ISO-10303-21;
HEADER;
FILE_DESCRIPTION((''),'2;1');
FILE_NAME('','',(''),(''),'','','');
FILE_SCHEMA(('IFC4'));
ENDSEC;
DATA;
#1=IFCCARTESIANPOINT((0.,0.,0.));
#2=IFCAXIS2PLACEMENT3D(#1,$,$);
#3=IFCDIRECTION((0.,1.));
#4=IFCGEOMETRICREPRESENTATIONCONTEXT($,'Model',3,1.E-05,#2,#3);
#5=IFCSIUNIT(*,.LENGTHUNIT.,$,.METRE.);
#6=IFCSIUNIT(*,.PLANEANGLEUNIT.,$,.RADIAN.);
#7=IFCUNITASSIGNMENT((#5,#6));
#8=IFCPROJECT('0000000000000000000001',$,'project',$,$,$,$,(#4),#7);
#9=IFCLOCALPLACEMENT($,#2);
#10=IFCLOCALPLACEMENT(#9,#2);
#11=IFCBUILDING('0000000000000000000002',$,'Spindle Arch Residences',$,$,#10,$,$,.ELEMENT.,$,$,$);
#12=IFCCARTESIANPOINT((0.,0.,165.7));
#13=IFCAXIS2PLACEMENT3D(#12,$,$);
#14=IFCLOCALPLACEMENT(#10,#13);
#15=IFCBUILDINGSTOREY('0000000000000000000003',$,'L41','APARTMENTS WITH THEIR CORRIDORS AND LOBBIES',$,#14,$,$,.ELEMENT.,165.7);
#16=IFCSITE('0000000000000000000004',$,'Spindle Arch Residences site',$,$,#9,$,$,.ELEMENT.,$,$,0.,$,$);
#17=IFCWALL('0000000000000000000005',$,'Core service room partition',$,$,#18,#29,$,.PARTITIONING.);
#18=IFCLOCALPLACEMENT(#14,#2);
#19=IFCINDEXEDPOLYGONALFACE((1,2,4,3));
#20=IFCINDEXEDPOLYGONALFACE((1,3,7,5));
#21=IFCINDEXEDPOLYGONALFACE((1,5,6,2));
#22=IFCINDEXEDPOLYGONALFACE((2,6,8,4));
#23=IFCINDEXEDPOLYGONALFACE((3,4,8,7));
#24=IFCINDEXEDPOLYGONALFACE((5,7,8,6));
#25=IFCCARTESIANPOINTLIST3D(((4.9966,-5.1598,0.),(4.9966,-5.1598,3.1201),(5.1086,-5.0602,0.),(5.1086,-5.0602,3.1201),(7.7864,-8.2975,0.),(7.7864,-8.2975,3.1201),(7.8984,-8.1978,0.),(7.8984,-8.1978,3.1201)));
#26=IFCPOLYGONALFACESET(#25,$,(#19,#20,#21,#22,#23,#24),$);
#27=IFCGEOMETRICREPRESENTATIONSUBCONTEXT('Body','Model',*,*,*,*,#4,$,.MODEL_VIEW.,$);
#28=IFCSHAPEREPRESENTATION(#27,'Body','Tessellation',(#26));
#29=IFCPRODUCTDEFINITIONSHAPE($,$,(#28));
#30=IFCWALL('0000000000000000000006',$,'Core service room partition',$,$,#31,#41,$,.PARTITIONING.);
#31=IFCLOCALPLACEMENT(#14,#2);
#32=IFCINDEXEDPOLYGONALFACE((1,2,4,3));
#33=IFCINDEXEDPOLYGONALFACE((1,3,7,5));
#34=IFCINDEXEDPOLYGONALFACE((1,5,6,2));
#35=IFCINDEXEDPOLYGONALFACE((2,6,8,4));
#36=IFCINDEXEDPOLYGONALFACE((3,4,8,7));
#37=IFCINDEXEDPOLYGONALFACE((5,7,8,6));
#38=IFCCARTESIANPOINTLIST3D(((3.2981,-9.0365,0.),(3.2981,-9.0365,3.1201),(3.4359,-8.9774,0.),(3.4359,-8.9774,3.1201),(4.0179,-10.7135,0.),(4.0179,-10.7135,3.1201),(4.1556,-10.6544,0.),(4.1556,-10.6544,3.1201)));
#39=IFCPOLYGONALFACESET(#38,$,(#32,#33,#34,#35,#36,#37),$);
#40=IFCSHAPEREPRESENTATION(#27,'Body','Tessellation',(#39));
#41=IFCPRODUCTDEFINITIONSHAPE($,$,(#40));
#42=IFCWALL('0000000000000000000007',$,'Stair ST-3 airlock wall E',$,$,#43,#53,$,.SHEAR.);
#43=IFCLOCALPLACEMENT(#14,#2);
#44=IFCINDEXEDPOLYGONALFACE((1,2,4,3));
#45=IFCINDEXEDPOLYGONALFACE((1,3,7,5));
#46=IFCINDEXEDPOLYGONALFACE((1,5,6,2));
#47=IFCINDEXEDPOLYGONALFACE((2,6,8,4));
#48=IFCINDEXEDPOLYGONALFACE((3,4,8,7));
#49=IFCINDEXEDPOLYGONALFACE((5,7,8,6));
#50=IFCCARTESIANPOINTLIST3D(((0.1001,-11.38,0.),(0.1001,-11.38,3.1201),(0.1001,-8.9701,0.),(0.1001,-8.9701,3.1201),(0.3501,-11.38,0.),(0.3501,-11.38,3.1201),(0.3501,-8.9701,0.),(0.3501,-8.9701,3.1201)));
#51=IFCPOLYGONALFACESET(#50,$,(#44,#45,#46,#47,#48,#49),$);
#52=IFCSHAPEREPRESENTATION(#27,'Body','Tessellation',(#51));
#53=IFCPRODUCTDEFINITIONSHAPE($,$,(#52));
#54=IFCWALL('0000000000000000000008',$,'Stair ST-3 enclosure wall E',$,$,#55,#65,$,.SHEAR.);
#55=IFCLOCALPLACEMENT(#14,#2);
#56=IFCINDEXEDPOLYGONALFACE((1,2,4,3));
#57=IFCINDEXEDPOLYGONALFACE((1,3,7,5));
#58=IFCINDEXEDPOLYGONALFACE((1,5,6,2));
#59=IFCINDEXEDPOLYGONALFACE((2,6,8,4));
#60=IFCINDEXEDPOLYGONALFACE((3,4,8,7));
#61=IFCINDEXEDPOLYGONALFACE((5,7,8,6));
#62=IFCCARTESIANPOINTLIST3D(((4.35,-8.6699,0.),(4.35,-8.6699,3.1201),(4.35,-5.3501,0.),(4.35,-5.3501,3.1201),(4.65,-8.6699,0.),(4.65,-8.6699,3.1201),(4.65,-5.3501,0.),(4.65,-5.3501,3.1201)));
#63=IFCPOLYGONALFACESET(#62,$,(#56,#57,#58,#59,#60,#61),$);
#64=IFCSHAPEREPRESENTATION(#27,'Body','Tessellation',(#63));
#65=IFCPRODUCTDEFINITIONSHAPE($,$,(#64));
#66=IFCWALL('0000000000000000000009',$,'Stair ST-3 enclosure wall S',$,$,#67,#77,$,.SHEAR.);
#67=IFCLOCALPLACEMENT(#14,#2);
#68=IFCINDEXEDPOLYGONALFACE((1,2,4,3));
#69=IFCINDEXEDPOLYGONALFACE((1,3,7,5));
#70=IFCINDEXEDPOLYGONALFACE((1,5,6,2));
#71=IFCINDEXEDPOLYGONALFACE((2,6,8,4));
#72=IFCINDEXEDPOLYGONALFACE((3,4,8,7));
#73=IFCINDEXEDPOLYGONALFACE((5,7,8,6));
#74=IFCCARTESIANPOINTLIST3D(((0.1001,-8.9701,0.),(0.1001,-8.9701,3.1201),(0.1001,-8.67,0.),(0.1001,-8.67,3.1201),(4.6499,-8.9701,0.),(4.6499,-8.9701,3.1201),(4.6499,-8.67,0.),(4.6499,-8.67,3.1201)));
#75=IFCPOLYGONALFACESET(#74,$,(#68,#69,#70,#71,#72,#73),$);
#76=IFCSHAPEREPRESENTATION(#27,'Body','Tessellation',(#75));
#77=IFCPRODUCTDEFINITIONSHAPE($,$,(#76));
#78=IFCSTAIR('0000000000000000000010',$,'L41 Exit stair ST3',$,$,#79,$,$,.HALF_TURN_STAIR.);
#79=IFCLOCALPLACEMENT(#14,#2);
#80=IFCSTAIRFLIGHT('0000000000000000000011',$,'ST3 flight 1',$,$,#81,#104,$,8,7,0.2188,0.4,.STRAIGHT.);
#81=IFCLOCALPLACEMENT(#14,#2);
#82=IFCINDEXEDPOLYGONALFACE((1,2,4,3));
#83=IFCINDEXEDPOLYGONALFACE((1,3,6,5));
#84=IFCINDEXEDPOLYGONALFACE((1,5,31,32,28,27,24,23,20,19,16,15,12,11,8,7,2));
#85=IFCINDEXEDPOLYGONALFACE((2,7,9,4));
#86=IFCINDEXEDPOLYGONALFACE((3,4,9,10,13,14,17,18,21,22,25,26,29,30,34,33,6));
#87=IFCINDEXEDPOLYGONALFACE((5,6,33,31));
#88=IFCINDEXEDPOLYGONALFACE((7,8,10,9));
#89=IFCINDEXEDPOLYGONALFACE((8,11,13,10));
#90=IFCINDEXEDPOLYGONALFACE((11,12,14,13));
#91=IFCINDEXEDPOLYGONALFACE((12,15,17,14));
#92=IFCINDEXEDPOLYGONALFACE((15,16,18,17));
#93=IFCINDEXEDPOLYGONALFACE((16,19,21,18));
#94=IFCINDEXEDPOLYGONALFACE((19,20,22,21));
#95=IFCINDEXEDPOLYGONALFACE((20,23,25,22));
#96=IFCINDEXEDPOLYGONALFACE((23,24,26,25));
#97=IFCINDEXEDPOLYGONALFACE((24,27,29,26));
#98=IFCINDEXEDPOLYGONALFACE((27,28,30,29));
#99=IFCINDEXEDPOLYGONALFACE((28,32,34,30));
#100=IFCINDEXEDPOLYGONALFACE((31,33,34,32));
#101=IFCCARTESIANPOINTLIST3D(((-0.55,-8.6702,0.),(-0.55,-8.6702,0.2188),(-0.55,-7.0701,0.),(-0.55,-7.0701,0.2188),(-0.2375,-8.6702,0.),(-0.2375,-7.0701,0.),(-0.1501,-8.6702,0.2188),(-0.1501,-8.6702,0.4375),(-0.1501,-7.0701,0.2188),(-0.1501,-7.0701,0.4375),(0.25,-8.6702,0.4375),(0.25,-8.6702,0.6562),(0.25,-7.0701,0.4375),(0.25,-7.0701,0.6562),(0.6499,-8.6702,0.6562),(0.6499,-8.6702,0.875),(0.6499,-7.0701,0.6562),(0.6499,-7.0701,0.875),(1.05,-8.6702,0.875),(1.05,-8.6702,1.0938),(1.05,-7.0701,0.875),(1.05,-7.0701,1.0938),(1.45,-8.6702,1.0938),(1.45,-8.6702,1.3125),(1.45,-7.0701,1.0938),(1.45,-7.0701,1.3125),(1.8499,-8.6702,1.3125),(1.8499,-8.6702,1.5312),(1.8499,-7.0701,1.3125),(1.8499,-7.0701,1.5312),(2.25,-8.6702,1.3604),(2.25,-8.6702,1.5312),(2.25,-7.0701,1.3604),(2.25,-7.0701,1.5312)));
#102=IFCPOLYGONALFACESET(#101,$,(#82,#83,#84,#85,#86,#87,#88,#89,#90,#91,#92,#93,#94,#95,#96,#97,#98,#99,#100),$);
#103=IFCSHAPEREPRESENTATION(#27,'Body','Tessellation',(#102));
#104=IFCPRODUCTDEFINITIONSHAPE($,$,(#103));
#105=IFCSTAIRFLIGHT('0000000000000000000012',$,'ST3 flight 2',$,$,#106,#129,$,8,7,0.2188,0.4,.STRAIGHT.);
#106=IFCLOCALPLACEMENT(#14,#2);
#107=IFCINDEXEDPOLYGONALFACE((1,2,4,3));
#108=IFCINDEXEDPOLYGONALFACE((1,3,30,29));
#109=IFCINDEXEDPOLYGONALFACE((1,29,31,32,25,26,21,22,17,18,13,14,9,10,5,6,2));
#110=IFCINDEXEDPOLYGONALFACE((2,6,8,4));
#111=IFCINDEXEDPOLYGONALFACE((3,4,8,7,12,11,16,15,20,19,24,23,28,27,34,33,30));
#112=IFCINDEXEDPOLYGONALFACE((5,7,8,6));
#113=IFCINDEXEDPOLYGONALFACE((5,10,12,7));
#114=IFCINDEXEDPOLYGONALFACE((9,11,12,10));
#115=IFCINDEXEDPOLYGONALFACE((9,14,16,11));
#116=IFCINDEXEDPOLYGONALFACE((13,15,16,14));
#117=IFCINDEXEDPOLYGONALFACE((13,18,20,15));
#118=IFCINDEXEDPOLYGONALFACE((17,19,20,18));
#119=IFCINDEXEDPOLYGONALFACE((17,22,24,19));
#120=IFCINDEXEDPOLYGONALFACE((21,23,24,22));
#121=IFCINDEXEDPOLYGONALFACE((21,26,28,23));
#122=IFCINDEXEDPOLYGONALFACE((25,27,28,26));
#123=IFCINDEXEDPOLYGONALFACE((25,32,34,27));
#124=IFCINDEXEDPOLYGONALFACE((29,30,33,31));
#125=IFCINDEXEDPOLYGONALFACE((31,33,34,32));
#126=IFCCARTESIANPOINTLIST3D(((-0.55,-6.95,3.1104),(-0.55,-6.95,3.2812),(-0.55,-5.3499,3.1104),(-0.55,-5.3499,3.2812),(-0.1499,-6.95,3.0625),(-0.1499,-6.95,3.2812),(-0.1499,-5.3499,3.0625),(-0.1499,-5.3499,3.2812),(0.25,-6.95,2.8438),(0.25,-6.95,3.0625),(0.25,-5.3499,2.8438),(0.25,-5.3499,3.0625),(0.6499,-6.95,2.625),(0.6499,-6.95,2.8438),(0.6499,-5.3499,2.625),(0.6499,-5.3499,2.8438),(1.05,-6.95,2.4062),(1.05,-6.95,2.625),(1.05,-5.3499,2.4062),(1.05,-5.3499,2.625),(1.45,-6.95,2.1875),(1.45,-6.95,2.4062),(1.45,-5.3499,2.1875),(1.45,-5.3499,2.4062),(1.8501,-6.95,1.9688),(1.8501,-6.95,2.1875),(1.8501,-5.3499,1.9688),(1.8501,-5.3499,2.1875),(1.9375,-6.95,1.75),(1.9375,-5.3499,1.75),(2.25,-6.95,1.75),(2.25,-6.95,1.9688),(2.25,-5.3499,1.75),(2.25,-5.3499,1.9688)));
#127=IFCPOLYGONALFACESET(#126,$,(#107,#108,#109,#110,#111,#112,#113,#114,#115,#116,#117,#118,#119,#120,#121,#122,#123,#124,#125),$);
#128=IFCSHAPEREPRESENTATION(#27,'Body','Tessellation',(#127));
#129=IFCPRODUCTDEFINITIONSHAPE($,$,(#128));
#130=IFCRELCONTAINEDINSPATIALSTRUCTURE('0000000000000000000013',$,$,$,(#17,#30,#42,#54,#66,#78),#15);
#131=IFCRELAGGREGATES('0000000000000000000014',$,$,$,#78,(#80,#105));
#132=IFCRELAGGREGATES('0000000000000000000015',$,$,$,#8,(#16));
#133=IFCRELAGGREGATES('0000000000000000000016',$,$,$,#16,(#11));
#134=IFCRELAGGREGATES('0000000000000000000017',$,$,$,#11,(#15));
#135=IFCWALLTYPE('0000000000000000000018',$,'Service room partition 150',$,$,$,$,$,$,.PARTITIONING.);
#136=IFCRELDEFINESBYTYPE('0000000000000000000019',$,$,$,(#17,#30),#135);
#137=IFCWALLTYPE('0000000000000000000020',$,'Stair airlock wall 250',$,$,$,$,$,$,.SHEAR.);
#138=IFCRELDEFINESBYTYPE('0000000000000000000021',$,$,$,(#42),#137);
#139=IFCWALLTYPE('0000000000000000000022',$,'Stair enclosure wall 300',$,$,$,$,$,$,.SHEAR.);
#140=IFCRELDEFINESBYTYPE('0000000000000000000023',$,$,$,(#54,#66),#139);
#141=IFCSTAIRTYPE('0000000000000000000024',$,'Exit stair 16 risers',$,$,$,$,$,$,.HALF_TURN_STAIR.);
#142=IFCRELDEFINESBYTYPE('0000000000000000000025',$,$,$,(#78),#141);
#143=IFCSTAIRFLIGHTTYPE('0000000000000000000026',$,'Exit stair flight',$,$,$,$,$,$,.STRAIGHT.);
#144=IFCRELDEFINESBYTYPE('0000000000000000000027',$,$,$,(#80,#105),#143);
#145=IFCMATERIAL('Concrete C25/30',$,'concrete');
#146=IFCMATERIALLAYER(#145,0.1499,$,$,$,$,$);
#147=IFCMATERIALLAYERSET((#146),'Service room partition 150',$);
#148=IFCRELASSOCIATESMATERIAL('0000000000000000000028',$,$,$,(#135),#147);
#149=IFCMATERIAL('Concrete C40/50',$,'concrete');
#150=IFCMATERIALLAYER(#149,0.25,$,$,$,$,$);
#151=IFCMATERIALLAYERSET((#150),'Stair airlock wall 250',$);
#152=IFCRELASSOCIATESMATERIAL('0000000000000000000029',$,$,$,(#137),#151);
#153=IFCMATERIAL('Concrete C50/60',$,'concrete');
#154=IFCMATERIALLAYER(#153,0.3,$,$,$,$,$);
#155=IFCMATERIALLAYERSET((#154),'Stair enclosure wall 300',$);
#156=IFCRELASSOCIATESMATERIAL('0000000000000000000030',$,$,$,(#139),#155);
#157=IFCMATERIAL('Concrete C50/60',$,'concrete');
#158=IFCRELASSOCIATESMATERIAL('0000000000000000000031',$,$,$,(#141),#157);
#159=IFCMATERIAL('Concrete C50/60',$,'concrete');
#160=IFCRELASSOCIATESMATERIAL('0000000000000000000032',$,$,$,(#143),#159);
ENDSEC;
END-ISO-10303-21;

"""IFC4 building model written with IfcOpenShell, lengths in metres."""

from ifc_helpers import new_model, si_unit, direction, frame, frame_2d, origin, place, context, subcontext, project, spatial, polyline, rectangle, outline, extrude, material, layer, layer_set, type_object, element, aggregate, save


model = new_model("IFC4")

# Units and contexts
model_context = context("Model", 3, precision=1e-05, world=origin(), true_north=direction((0.0, 1.0)))
body_context = subcontext(model_context, "Body", "Model", "MODEL_VIEW")
ifc_project = project(units=[si_unit("LENGTHUNIT", "METRE"), si_unit("PLANEANGLEUNIT", "RADIAN")], contexts=[model_context])

# Site, building, storey
site_placement = place(None, origin())
site = spatial("IfcSite", under=ifc_project, at=site_placement, Name="Spindle Arch Residences site", CompositionType="ELEMENT", RefElevation=0.0)
building_placement = place(site_placement, origin())
building = spatial("IfcBuilding", under=site, at=building_placement, Name="Spindle Arch Residences", CompositionType="ELEMENT")
storey_placement = place(building_placement, frame((0.0, 0.0, 165.7)))
storey = spatial("IfcBuildingStorey", under=building, at=storey_placement, Name="L41", Description="APARTMENTS WITH THEIR CORRIDORS AND LOBBIES", CompositionType="ELEMENT", Elevation=165.7)

# Walls
ifc_material_1 = material(Name="Concrete C25/30", Category="concrete")
ifc_layer_1 = layer(ifc_material_1, 0.1499)
ifc_layer_set_1 = layer_set([ifc_layer_1], Name="Service room partition 150")
wall_type_1 = type_object("IfcWallType", Name="Service room partition 150", PredefinedType="PARTITIONING", material=ifc_layer_set_1)
wall_1_placement = place(storey_placement, frame((7.8423, -8.2476, 0.0), z_axis=(0.0, 0.0, 1.0), x_axis=(-0.664461, 0.747323, 0.0)))
element("IfcWall", 1, at=wall_1_placement, inside=storey, type_object=wall_type_1, Name="Core service room partition", PredefinedType="PARTITIONING", context=body_context, shape_type="SweptSolid", body=[
    extrude(rectangle(XDim=4.1985, YDim=0.1499, at=frame_2d((2.0991, 0.0))), origin(), (0.0, 0.0, 1.0), 3.1201),
])
wall_2_placement = place(storey_placement, frame((3.3669, -9.0068, 0.0), z_axis=(0.0, 0.0, 1.0), x_axis=(0.394387, -0.918944, 0.0)))
element("IfcWall", 2, at=wall_2_placement, inside=storey, type_object=wall_type_1, Name="Core service room partition", PredefinedType="PARTITIONING", context=body_context, shape_type="SweptSolid", body=[
    extrude(rectangle(XDim=1.825, YDim=0.1499, at=frame_2d((0.9126, 0.0))), origin(), (0.0, 0.0, 1.0), 3.1201),
])
ifc_material_2 = material(Name="Concrete C40/50", Category="concrete")
ifc_layer_2 = layer(ifc_material_2, 0.25)
ifc_layer_set_2 = layer_set([ifc_layer_2], Name="Stair airlock wall 250")
wall_type_2 = type_object("IfcWallType", Name="Stair airlock wall 250", PredefinedType="SHEAR", material=ifc_layer_set_2)
wall_3_placement = place(storey_placement, frame((0.2251, -8.97, 0.0), z_axis=(0.0, 0.0, 1.0), x_axis=(0.0, -1.0, 0.0)))
element("IfcWall", 3, at=wall_3_placement, inside=storey, type_object=wall_type_2, Name="Stair ST-3 airlock wall E", PredefinedType="SHEAR", context=body_context, shape_type="SweptSolid", body=[
    extrude(rectangle(XDim=2.4099, YDim=0.25, at=frame_2d((1.2051, 0.0))), origin(), (0.0, 0.0, 1.0), 3.1201),
])
ifc_material_3 = material(Name="Concrete C50/60", Category="concrete")
ifc_layer_3 = layer(ifc_material_3, 0.3)
ifc_layer_set_3 = layer_set([ifc_layer_3], Name="Stair enclosure wall 300")
wall_type_3 = type_object("IfcWallType", Name="Stair enclosure wall 300", PredefinedType="SHEAR", material=ifc_layer_set_3)
wall_4_placement = place(storey_placement, frame((4.5, -8.6699, 0.0), z_axis=(0.0, 0.0, 1.0), x_axis=(0.0, 1.0, 0.0)))
element("IfcWall", 4, at=wall_4_placement, inside=storey, type_object=wall_type_3, Name="Stair ST-3 enclosure wall E", PredefinedType="SHEAR", context=body_context, shape_type="SweptSolid", body=[
    extrude(rectangle(XDim=3.3198, YDim=0.3, at=frame_2d((1.6599, 0.0))), origin(), (0.0, 0.0, 1.0), 3.1201),
])
wall_5_placement = place(storey_placement, frame((0.1001, -8.8201, 0.0), z_axis=(0.0, 0.0, 1.0), x_axis=(1.0, 0.0, 0.0)))
element("IfcWall", 5, at=wall_5_placement, inside=storey, type_object=wall_type_3, Name="Stair ST-3 enclosure wall S", PredefinedType="SHEAR", context=body_context, shape_type="SweptSolid", body=[
    extrude(rectangle(XDim=4.5498, YDim=0.3, at=frame_2d((2.2749, 0.0))), origin(), (0.0, 0.0, 1.0), 3.1201),
])

# Stair, stair flights
ifc_material_4 = material(Name="Concrete C50/60", Category="concrete")
stair_type = type_object("IfcStairType", Name="Exit stair 16 risers", PredefinedType="HALF_TURN_STAIR", material=ifc_material_4)
stair_placement = place(storey_placement, origin())
stair = element("IfcStair", 6, at=stair_placement, inside=storey, type_object=stair_type, Name="L41 Exit stair ST3", PredefinedType="HALF_TURN_STAIR")
ifc_material_5 = material(Name="Concrete C50/60", Category="concrete")
stair_flight_type = type_object("IfcStairFlightType", Name="Exit stair flight", PredefinedType="STRAIGHT", material=ifc_material_5)
stair_flight_1_placement = place(storey_placement, frame((-0.55, -7.8701, 0.0), z_axis=(0.0, 0.0, 1.0), x_axis=(1.0, 0.0, 0.0)))
stair_flight_1 = element("IfcStairFlight", 7, at=stair_flight_1_placement, type_object=stair_flight_type, Name="ST3 flight 1", NumberOfRisers=8, NumberOfTreads=7, PredefinedType="STRAIGHT", RiserHeight=0.2188, TreadLength=0.4, context=body_context, shape_type="SweptSolid", body=[
    extrude(outline(polyline([(0.0, 0.0), (0.0, 0.2188), (0.3999, 0.2188), (0.3999, 0.4375), (0.8, 0.4375), (0.8, 0.6562), (1.2, 0.6562), (1.2, 0.875), (1.6001, 0.875), (1.6001, 1.0938), (2.0, 1.0938), (2.0, 1.3125), (2.3999, 1.3125), (2.3999, 1.5312), (2.8, 1.5312), (2.8, 1.75), (2.8, 1.3604), (0.3125, 0.0), (0.0, 0.0)])), frame((0.0, 0.8, 0.0), z_axis=(0.0, -1.0, 0.0), x_axis=(1.0, 0.0, 0.0)), (0.0, 0.0, 1.0), 1.6001),
])
stair_flight_2_placement = place(storey_placement, frame((2.25, -6.1499, 1.75), z_axis=(0.0, 0.0, 1.0), x_axis=(-1.0, 0.0, 0.0)))
stair_flight_2 = element("IfcStairFlight", 8, at=stair_flight_2_placement, type_object=stair_flight_type, Name="ST3 flight 2", NumberOfRisers=8, NumberOfTreads=7, PredefinedType="STRAIGHT", RiserHeight=0.2188, TreadLength=0.4, context=body_context, shape_type="SweptSolid", body=[
    extrude(outline(polyline([(0.0, 0.0), (0.0, 0.2188), (0.3999, 0.2188), (0.3999, 0.4375), (0.8, 0.4375), (0.8, 0.6562), (1.2, 0.6562), (1.2, 0.875), (1.6001, 0.875), (1.6001, 1.0938), (2.0, 1.0938), (2.0, 1.3125), (2.3999, 1.3125), (2.3999, 1.5312), (2.8, 1.5312), (2.8, 1.75), (2.8, 1.3604), (0.3125, 0.0), (0.0, 0.0)])), frame((0.0, 0.8, 0.0), z_axis=(0.0, -1.0, 0.0), x_axis=(1.0, 0.0, 0.0)), (0.0, 0.0, 1.0), 1.6001),
])
aggregate(stair, [stair_flight_1, stair_flight_2])

save(model, "model.ifc")
